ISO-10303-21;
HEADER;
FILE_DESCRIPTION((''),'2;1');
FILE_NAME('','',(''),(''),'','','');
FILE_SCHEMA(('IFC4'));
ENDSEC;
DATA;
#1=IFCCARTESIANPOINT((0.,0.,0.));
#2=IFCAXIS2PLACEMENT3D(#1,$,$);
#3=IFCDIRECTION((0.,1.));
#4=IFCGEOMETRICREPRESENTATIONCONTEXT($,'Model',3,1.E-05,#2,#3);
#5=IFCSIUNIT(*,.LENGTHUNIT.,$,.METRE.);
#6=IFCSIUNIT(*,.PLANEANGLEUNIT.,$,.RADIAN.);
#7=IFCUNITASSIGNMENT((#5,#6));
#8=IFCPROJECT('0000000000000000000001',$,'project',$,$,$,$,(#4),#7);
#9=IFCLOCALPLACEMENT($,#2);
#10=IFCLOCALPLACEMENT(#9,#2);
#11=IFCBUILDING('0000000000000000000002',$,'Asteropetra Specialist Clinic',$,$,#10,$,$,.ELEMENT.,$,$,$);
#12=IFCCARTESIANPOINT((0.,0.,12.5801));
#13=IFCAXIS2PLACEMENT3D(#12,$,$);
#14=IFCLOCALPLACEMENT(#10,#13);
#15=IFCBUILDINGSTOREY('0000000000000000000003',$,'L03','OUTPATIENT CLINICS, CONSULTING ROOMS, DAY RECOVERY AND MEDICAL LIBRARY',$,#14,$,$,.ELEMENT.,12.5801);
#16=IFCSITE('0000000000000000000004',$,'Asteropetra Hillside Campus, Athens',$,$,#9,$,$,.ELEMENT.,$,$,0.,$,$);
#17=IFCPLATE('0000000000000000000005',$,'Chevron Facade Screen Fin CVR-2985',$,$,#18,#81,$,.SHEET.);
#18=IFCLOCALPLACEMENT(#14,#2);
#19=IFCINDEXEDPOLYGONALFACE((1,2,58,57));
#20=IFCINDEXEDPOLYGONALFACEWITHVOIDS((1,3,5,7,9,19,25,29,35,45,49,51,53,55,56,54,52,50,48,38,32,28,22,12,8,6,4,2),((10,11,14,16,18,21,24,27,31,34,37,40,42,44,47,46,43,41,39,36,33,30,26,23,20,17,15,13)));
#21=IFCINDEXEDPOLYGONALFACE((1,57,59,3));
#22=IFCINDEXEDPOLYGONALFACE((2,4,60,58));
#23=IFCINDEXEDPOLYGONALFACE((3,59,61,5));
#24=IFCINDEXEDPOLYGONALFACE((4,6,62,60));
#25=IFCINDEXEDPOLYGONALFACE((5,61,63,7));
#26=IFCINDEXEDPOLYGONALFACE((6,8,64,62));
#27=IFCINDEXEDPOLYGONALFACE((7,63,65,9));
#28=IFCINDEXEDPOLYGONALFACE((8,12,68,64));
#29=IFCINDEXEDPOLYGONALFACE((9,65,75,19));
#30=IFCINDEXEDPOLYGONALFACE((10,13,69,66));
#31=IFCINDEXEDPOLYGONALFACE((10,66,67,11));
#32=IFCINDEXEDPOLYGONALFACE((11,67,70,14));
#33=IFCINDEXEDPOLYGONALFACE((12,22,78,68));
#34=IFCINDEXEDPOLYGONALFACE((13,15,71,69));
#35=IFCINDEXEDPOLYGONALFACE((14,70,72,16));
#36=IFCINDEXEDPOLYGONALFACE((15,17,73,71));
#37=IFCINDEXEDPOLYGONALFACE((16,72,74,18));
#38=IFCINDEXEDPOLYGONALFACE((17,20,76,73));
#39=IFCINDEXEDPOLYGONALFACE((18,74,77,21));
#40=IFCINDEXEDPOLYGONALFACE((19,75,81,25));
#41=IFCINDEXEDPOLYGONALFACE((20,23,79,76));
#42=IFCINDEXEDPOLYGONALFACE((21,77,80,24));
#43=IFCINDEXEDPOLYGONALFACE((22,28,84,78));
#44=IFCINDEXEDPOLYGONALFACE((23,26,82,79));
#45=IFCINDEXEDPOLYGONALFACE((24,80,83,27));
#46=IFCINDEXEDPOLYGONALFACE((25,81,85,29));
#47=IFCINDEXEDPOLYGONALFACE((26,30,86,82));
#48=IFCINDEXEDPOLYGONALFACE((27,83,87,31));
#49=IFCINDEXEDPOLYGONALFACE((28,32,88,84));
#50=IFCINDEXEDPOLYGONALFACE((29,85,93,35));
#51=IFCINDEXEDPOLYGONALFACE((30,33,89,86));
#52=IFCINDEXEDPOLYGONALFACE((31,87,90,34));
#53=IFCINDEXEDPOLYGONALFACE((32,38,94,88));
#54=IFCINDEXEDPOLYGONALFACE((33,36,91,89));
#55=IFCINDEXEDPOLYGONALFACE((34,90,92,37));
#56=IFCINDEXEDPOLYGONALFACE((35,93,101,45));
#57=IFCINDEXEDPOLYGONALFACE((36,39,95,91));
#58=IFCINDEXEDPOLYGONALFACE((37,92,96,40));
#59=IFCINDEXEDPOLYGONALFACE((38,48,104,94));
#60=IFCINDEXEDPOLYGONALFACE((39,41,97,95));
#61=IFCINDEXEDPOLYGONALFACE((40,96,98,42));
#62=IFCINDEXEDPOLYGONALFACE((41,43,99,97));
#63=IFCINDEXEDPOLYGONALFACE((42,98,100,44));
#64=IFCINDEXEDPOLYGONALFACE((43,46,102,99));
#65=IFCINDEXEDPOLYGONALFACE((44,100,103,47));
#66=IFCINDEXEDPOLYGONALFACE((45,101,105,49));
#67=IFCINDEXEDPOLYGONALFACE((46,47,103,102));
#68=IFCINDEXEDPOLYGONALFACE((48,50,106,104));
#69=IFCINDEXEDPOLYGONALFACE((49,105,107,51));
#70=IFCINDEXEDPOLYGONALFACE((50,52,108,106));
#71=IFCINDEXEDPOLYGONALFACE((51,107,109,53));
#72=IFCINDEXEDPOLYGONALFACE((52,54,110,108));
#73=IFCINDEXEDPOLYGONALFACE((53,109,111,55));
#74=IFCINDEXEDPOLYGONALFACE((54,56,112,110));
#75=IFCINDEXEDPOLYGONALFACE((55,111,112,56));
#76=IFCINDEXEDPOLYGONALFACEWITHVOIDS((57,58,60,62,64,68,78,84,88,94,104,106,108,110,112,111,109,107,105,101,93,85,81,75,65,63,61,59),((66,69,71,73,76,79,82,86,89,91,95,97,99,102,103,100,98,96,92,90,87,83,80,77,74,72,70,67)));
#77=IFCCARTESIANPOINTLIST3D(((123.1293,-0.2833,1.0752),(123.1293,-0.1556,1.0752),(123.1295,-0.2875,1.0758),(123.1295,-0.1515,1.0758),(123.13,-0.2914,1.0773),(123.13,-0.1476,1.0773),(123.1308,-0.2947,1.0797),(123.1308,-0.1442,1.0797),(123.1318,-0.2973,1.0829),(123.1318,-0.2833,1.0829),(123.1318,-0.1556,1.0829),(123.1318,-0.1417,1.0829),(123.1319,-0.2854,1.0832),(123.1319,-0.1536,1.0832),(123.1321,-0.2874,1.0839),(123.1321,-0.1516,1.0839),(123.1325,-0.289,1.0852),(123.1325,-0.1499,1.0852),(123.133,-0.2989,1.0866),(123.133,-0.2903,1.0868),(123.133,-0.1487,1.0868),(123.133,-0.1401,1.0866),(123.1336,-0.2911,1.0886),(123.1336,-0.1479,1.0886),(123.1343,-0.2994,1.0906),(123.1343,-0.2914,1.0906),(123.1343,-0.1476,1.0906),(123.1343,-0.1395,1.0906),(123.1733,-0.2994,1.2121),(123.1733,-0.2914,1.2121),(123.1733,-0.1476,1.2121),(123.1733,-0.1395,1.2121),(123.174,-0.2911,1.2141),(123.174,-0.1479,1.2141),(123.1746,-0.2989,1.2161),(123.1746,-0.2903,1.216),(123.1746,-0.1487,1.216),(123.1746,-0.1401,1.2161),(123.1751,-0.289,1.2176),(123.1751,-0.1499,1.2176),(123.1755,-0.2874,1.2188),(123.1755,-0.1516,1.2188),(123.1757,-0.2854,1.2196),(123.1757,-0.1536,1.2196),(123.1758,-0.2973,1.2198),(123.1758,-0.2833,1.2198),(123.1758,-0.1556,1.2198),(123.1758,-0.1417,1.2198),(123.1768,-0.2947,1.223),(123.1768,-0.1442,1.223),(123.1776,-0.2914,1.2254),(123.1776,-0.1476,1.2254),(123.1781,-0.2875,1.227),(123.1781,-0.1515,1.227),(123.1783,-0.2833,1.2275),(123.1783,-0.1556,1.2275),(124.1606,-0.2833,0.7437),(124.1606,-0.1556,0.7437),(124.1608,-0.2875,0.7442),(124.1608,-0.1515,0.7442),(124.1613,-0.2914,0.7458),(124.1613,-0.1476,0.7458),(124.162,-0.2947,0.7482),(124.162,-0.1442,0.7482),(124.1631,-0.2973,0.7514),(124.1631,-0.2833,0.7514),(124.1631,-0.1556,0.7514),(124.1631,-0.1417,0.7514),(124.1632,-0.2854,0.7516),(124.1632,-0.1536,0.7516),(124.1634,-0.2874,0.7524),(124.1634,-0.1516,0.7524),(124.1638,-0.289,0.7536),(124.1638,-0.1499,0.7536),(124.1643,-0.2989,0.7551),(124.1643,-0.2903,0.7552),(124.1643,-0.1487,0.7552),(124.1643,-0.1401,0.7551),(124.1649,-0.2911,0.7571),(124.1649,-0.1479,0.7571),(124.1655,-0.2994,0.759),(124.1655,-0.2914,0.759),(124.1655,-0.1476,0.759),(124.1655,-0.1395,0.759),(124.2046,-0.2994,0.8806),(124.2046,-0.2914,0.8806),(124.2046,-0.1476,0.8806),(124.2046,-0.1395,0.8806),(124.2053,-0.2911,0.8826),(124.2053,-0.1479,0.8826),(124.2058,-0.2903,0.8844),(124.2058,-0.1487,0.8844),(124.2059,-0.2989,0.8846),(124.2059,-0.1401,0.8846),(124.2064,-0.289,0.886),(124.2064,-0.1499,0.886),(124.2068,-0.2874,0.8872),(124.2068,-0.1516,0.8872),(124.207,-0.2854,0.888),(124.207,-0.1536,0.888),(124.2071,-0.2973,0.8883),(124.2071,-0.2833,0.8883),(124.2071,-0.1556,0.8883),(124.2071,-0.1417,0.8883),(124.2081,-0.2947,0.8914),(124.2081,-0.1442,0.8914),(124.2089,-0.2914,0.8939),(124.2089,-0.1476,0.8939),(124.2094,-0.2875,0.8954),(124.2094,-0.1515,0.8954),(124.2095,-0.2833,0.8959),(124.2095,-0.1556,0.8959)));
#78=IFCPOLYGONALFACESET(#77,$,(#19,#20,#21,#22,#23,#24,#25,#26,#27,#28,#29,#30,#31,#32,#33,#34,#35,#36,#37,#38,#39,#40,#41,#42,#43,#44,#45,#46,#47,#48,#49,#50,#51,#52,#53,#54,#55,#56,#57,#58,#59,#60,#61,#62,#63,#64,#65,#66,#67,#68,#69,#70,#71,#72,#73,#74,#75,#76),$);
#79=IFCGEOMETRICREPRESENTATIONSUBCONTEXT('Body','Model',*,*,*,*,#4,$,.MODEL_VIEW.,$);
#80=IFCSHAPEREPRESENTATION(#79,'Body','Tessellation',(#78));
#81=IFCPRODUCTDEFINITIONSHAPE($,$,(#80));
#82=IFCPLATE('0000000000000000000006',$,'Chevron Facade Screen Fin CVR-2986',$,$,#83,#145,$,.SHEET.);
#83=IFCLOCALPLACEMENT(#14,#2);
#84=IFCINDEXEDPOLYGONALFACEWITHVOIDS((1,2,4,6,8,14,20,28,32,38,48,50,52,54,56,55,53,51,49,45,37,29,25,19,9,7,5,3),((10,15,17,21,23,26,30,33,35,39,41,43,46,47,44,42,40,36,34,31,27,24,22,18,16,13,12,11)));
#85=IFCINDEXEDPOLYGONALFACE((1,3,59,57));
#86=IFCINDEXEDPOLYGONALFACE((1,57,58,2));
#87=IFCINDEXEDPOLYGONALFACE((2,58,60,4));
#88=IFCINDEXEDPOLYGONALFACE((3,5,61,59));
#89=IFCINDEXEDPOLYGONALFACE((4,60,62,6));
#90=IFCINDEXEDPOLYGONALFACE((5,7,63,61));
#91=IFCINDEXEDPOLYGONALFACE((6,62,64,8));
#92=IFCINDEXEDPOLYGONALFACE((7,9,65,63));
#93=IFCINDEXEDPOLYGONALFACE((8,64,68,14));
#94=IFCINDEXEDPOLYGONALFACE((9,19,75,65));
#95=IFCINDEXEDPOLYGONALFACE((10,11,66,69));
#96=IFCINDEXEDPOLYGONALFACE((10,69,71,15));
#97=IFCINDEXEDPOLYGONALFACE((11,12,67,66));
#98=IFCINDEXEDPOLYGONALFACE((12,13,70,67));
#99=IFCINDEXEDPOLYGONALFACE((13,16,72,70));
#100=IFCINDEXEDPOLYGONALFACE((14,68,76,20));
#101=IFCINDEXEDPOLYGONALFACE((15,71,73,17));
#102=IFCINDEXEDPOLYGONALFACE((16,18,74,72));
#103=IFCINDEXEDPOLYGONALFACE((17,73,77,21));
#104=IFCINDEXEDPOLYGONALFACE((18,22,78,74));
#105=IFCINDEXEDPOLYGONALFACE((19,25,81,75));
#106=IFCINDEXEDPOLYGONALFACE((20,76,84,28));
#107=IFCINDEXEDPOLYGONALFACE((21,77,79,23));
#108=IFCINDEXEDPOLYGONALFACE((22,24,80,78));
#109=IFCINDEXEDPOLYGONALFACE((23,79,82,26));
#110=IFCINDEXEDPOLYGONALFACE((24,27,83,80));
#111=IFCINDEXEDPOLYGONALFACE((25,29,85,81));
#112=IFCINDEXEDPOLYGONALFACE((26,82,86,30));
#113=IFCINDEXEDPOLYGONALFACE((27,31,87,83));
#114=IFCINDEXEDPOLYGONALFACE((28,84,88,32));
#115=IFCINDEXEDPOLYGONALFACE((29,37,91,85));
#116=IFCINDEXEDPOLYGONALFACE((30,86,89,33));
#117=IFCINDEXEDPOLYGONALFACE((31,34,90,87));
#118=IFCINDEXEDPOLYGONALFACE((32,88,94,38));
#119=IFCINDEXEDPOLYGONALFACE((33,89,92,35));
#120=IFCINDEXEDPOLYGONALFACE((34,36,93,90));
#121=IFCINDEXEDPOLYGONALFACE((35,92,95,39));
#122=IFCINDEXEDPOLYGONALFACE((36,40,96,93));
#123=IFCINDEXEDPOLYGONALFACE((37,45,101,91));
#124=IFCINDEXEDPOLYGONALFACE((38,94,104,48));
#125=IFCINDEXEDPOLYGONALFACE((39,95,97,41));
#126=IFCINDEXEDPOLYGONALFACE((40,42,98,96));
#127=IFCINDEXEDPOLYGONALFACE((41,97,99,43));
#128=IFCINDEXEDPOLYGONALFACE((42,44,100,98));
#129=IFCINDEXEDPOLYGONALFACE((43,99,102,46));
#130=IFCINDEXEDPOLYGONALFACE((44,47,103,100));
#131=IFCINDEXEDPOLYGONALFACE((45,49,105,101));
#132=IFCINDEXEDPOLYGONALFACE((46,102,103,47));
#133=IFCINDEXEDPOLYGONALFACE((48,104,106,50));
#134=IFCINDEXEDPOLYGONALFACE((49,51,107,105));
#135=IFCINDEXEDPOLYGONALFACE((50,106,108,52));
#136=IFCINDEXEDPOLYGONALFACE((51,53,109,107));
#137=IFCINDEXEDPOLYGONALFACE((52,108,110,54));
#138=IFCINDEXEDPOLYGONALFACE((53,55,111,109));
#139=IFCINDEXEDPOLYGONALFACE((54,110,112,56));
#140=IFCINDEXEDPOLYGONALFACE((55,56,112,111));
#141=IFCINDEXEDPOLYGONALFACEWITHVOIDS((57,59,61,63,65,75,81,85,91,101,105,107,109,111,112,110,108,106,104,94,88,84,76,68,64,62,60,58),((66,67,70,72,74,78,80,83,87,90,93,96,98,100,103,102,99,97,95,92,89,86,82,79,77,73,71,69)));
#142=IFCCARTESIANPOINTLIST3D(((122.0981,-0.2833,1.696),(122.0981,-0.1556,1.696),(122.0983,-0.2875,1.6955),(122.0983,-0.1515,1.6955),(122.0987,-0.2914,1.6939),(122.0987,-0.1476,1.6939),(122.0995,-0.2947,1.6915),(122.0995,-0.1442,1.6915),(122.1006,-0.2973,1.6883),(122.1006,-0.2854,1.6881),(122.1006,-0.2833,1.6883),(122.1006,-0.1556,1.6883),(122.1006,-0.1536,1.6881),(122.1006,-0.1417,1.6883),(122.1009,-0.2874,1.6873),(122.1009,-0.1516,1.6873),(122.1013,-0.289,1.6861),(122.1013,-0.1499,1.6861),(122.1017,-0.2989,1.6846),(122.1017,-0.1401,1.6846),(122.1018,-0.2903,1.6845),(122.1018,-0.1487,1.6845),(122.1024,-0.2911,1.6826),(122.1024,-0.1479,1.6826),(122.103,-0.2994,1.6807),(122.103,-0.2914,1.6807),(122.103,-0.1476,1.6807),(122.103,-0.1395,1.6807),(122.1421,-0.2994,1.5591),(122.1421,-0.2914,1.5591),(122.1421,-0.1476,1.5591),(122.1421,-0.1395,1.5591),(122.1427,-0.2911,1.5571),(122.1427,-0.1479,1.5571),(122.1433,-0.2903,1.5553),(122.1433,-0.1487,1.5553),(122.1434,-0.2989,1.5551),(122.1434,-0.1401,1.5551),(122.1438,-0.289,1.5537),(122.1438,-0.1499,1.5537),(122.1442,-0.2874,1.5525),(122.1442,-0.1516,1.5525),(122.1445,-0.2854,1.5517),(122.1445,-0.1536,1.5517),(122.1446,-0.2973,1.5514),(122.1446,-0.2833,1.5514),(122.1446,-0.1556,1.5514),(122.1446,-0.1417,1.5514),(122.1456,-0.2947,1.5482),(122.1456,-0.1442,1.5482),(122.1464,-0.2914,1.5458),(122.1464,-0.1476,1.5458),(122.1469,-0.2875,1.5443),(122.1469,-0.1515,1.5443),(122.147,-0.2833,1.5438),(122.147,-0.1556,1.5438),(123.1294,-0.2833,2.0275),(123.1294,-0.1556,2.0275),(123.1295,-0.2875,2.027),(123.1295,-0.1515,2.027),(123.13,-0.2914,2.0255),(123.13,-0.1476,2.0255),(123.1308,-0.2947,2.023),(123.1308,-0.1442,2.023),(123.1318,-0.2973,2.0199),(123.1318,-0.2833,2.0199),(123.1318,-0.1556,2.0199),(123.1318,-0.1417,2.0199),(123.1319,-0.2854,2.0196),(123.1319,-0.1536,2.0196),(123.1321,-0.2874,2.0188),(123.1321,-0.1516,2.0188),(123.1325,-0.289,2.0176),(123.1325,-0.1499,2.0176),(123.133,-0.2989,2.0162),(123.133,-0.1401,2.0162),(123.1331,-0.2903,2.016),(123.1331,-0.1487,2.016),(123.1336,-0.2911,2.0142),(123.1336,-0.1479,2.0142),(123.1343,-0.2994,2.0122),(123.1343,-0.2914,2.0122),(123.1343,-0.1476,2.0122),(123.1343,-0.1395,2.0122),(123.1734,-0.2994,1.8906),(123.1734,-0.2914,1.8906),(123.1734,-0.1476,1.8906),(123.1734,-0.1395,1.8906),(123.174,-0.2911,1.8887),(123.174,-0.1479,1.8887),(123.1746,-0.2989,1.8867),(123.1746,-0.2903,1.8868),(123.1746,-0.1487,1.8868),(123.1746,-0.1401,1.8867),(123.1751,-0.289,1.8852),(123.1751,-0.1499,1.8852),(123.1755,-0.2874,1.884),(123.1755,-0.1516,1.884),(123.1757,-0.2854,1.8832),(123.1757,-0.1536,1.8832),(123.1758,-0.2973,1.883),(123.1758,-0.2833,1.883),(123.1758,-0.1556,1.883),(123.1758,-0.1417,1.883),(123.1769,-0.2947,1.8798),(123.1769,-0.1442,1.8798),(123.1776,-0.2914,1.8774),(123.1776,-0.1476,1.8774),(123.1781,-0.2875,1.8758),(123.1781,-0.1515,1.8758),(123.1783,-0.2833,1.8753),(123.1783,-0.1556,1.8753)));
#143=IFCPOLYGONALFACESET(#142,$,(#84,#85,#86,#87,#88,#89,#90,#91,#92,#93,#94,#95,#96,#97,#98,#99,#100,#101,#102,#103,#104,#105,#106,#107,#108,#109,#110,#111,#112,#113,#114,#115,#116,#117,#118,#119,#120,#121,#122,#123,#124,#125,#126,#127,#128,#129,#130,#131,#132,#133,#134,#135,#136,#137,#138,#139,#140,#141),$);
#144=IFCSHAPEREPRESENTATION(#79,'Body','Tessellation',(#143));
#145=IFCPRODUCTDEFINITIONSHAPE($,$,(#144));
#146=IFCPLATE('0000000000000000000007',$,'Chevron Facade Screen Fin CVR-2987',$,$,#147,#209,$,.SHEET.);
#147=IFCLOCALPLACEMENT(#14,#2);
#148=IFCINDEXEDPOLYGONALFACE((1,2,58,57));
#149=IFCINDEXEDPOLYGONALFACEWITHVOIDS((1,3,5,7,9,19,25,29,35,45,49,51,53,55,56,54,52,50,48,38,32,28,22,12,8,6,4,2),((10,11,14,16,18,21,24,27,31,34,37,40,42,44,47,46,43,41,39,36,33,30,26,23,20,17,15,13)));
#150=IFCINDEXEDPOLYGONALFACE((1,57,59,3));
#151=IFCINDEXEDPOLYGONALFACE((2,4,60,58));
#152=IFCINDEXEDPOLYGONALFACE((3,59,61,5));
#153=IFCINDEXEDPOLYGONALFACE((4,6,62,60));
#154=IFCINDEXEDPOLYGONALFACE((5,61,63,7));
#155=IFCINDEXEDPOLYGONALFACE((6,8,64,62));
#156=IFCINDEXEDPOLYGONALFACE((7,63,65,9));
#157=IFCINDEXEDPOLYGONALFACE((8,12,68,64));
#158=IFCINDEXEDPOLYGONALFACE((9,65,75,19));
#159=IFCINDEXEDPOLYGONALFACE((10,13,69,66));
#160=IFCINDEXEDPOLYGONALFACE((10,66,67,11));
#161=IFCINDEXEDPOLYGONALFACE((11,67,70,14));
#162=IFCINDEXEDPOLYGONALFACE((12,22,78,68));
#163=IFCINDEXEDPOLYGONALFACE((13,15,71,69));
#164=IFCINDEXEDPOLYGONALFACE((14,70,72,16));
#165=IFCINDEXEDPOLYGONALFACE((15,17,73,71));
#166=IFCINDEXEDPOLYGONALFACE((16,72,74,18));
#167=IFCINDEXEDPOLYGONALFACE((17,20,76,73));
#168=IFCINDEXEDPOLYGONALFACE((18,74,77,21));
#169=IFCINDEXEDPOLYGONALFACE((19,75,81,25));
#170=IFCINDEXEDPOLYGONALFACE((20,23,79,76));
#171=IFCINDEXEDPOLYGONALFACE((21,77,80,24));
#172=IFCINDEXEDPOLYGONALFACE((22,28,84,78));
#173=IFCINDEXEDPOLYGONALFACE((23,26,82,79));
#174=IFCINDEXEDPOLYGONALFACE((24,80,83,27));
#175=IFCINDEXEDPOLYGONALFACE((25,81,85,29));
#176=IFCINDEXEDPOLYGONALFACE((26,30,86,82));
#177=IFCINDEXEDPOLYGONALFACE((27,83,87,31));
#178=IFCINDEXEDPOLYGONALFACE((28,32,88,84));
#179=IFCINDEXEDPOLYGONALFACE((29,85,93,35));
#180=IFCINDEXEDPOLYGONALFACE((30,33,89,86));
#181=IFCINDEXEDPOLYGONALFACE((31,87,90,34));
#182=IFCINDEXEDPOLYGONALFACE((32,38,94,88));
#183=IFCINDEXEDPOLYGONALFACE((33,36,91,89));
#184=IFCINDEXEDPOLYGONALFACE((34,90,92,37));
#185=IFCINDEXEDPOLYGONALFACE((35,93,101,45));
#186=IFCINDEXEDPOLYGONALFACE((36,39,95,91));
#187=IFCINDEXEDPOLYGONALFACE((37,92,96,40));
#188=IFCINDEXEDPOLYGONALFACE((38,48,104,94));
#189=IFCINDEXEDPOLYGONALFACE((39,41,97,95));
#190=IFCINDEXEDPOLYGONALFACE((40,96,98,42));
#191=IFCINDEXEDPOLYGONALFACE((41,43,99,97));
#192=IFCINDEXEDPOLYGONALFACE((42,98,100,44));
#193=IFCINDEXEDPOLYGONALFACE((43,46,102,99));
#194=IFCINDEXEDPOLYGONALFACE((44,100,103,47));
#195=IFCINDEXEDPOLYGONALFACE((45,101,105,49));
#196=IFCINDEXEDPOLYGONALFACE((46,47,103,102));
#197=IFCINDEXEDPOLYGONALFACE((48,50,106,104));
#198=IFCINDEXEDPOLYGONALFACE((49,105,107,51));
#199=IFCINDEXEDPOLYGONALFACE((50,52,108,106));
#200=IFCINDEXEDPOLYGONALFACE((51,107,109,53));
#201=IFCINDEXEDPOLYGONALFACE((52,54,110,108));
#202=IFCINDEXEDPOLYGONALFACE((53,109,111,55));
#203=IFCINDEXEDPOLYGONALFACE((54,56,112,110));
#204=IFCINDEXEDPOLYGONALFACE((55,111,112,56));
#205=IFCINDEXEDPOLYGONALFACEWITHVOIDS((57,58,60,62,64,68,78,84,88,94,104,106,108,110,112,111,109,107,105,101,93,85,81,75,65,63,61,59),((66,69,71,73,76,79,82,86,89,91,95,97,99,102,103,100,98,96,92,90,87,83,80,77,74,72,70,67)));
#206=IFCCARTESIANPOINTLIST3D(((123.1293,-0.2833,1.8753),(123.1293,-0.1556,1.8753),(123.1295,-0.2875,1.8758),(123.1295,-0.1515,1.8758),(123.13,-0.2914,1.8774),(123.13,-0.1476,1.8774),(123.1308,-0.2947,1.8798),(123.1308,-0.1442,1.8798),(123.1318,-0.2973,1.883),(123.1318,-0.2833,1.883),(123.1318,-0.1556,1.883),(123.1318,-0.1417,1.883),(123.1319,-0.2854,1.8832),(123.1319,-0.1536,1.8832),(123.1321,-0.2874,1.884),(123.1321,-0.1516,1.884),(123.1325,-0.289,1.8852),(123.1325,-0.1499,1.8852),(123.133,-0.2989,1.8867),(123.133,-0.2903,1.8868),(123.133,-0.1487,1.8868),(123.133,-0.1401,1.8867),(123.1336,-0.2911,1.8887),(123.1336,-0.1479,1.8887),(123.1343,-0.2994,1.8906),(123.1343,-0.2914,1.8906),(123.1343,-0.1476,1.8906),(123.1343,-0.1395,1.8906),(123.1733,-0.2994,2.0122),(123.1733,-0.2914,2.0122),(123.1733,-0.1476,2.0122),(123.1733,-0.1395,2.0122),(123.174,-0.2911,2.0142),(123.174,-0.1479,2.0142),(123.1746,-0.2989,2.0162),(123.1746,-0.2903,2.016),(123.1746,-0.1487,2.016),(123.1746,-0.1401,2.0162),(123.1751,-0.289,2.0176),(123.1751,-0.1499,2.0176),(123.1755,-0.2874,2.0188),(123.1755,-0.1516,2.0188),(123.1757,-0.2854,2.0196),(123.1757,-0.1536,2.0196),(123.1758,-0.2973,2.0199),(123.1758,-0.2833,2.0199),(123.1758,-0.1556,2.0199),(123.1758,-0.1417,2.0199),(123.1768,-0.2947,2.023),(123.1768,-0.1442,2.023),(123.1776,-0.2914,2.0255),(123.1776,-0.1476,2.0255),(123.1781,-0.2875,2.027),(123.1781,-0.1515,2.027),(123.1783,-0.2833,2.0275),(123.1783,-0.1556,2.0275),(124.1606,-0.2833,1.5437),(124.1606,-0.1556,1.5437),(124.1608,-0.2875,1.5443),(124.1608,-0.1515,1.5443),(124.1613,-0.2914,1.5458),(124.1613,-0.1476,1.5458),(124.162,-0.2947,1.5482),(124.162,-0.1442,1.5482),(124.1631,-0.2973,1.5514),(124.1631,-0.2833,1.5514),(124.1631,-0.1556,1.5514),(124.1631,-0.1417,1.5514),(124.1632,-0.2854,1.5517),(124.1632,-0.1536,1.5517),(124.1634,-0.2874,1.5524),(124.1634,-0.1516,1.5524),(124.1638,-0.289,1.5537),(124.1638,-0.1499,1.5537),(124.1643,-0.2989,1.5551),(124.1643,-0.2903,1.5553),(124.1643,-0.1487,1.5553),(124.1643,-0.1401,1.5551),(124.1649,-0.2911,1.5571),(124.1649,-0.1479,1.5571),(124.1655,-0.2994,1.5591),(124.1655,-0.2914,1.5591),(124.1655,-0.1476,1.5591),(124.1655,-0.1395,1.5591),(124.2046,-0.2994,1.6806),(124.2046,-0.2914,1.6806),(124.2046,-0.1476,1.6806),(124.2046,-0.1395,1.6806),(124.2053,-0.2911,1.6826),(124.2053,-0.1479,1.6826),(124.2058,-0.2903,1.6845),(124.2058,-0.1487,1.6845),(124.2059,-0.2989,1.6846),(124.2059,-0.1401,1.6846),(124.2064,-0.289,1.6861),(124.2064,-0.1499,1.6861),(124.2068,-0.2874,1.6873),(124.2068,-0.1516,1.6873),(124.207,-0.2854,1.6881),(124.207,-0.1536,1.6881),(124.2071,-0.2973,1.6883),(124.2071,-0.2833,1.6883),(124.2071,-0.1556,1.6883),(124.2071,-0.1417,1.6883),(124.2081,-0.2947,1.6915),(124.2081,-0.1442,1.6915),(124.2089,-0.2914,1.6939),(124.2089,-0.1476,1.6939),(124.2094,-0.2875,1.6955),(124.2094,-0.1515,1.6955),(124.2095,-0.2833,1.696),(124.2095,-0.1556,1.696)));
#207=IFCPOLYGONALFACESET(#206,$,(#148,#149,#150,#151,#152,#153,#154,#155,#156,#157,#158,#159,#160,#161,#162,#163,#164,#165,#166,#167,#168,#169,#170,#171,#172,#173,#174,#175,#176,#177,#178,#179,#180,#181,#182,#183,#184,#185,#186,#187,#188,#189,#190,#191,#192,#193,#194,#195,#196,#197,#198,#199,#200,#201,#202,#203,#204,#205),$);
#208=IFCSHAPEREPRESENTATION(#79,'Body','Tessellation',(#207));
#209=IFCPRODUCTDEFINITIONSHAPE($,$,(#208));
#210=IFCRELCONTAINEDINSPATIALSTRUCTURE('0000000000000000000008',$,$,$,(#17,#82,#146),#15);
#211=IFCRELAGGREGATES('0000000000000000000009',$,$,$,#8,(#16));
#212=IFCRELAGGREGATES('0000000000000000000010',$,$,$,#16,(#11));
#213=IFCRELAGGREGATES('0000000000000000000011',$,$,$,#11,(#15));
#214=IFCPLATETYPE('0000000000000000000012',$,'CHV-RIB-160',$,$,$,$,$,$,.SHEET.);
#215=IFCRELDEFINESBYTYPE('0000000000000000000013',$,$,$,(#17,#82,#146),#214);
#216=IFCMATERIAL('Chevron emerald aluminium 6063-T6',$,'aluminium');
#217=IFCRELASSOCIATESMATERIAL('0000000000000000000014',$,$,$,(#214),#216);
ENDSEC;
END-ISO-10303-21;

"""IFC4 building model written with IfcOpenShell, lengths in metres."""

from ifc_helpers import new_model, si_unit, direction, frame, origin, origin_2d, place, context, subcontext, project, spatial, hollow_rectangle, extrude, material, material_profile, profile_set, type_object, element, save


model = new_model("IFC4")

# Units and contexts
model_context = context("Model", 3, precision=1e-05, world=origin(), true_north=direction((0.0, 1.0)))
body_context = subcontext(model_context, "Body", "Model", "MODEL_VIEW")
ifc_project = project(units=[si_unit("LENGTHUNIT", "METRE"), si_unit("PLANEANGLEUNIT", "RADIAN")], contexts=[model_context])

# Site, building, storey
site_placement = place(None, origin())
site = spatial("IfcSite", under=ifc_project, at=site_placement, Name="Asteropetra Hillside Campus, Athens", CompositionType="ELEMENT", RefElevation=0.0)
building_placement = place(site_placement, origin())
building = spatial("IfcBuilding", under=site, at=building_placement, Name="Asteropetra Specialist Clinic", CompositionType="ELEMENT")
storey_placement = place(building_placement, frame((0.0, 0.0, 12.5801)))
storey = spatial("IfcBuildingStorey", under=building, at=storey_placement, Name="L03", Description="OUTPATIENT CLINICS, CONSULTING ROOMS, DAY RECOVERY AND MEDICAL LIBRARY", CompositionType="ELEMENT", Elevation=12.5801)

# Plates
ifc_material_1 = material(Name="Chevron emerald aluminium 6063-T6", Category="aluminium")
ifc_material_profile_1 = material_profile(ifc_material_1, hollow_rectangle(XDim=0.1599, YDim=0.1599, WallThickness=0.0081, InnerFilletRadius=0.0081, OuterFilletRadius=0.0161, at=origin_2d()), Name="SHS 160x160x8.0")
ifc_profile_set_1 = profile_set([ifc_material_profile_1], Name="Chevron emerald aluminium 6063-T6")
plate_type_1 = type_object("IfcPlateType", Name="CHV-RIB-160", PredefinedType="SHEET", material=ifc_profile_set_1)
for number, where, z_axis, x_axis, name in (
    (1, (123.1538, -0.2195, 1.1514), (0.95201, 0.0, -0.306068), (0.0, 1.0, 0.0), "Chevron Facade Screen Fin CVR-2985"),
    (2, (122.1226, -0.2195, 1.6199), (0.95201, 0.0, 0.306068), (0.0, 1.0, 0.0), "Chevron Facade Screen Fin CVR-2986"),
    (3, (123.1538, -0.2195, 1.9514), (0.95201, 0.0, -0.306068), (0.0, 1.0, 0.0), "Chevron Facade Screen Fin CVR-2987"),
):
    element("IfcPlate", number, at=place(storey_placement, frame(where, z_axis=z_axis, x_axis=x_axis)), inside=storey, type_object=plate_type_1, Name=name, PredefinedType="SHEET", context=body_context, shape_type="SweptSolid", body=[
        extrude(hollow_rectangle(XDim=0.1599, YDim=0.1599, WallThickness=0.0081, InnerFilletRadius=0.0081, OuterFilletRadius=0.0161, at=origin_2d()), origin(), (0.0, 0.0, 1.0), 1.0833),
    ])

save(model, "model.ifc")
